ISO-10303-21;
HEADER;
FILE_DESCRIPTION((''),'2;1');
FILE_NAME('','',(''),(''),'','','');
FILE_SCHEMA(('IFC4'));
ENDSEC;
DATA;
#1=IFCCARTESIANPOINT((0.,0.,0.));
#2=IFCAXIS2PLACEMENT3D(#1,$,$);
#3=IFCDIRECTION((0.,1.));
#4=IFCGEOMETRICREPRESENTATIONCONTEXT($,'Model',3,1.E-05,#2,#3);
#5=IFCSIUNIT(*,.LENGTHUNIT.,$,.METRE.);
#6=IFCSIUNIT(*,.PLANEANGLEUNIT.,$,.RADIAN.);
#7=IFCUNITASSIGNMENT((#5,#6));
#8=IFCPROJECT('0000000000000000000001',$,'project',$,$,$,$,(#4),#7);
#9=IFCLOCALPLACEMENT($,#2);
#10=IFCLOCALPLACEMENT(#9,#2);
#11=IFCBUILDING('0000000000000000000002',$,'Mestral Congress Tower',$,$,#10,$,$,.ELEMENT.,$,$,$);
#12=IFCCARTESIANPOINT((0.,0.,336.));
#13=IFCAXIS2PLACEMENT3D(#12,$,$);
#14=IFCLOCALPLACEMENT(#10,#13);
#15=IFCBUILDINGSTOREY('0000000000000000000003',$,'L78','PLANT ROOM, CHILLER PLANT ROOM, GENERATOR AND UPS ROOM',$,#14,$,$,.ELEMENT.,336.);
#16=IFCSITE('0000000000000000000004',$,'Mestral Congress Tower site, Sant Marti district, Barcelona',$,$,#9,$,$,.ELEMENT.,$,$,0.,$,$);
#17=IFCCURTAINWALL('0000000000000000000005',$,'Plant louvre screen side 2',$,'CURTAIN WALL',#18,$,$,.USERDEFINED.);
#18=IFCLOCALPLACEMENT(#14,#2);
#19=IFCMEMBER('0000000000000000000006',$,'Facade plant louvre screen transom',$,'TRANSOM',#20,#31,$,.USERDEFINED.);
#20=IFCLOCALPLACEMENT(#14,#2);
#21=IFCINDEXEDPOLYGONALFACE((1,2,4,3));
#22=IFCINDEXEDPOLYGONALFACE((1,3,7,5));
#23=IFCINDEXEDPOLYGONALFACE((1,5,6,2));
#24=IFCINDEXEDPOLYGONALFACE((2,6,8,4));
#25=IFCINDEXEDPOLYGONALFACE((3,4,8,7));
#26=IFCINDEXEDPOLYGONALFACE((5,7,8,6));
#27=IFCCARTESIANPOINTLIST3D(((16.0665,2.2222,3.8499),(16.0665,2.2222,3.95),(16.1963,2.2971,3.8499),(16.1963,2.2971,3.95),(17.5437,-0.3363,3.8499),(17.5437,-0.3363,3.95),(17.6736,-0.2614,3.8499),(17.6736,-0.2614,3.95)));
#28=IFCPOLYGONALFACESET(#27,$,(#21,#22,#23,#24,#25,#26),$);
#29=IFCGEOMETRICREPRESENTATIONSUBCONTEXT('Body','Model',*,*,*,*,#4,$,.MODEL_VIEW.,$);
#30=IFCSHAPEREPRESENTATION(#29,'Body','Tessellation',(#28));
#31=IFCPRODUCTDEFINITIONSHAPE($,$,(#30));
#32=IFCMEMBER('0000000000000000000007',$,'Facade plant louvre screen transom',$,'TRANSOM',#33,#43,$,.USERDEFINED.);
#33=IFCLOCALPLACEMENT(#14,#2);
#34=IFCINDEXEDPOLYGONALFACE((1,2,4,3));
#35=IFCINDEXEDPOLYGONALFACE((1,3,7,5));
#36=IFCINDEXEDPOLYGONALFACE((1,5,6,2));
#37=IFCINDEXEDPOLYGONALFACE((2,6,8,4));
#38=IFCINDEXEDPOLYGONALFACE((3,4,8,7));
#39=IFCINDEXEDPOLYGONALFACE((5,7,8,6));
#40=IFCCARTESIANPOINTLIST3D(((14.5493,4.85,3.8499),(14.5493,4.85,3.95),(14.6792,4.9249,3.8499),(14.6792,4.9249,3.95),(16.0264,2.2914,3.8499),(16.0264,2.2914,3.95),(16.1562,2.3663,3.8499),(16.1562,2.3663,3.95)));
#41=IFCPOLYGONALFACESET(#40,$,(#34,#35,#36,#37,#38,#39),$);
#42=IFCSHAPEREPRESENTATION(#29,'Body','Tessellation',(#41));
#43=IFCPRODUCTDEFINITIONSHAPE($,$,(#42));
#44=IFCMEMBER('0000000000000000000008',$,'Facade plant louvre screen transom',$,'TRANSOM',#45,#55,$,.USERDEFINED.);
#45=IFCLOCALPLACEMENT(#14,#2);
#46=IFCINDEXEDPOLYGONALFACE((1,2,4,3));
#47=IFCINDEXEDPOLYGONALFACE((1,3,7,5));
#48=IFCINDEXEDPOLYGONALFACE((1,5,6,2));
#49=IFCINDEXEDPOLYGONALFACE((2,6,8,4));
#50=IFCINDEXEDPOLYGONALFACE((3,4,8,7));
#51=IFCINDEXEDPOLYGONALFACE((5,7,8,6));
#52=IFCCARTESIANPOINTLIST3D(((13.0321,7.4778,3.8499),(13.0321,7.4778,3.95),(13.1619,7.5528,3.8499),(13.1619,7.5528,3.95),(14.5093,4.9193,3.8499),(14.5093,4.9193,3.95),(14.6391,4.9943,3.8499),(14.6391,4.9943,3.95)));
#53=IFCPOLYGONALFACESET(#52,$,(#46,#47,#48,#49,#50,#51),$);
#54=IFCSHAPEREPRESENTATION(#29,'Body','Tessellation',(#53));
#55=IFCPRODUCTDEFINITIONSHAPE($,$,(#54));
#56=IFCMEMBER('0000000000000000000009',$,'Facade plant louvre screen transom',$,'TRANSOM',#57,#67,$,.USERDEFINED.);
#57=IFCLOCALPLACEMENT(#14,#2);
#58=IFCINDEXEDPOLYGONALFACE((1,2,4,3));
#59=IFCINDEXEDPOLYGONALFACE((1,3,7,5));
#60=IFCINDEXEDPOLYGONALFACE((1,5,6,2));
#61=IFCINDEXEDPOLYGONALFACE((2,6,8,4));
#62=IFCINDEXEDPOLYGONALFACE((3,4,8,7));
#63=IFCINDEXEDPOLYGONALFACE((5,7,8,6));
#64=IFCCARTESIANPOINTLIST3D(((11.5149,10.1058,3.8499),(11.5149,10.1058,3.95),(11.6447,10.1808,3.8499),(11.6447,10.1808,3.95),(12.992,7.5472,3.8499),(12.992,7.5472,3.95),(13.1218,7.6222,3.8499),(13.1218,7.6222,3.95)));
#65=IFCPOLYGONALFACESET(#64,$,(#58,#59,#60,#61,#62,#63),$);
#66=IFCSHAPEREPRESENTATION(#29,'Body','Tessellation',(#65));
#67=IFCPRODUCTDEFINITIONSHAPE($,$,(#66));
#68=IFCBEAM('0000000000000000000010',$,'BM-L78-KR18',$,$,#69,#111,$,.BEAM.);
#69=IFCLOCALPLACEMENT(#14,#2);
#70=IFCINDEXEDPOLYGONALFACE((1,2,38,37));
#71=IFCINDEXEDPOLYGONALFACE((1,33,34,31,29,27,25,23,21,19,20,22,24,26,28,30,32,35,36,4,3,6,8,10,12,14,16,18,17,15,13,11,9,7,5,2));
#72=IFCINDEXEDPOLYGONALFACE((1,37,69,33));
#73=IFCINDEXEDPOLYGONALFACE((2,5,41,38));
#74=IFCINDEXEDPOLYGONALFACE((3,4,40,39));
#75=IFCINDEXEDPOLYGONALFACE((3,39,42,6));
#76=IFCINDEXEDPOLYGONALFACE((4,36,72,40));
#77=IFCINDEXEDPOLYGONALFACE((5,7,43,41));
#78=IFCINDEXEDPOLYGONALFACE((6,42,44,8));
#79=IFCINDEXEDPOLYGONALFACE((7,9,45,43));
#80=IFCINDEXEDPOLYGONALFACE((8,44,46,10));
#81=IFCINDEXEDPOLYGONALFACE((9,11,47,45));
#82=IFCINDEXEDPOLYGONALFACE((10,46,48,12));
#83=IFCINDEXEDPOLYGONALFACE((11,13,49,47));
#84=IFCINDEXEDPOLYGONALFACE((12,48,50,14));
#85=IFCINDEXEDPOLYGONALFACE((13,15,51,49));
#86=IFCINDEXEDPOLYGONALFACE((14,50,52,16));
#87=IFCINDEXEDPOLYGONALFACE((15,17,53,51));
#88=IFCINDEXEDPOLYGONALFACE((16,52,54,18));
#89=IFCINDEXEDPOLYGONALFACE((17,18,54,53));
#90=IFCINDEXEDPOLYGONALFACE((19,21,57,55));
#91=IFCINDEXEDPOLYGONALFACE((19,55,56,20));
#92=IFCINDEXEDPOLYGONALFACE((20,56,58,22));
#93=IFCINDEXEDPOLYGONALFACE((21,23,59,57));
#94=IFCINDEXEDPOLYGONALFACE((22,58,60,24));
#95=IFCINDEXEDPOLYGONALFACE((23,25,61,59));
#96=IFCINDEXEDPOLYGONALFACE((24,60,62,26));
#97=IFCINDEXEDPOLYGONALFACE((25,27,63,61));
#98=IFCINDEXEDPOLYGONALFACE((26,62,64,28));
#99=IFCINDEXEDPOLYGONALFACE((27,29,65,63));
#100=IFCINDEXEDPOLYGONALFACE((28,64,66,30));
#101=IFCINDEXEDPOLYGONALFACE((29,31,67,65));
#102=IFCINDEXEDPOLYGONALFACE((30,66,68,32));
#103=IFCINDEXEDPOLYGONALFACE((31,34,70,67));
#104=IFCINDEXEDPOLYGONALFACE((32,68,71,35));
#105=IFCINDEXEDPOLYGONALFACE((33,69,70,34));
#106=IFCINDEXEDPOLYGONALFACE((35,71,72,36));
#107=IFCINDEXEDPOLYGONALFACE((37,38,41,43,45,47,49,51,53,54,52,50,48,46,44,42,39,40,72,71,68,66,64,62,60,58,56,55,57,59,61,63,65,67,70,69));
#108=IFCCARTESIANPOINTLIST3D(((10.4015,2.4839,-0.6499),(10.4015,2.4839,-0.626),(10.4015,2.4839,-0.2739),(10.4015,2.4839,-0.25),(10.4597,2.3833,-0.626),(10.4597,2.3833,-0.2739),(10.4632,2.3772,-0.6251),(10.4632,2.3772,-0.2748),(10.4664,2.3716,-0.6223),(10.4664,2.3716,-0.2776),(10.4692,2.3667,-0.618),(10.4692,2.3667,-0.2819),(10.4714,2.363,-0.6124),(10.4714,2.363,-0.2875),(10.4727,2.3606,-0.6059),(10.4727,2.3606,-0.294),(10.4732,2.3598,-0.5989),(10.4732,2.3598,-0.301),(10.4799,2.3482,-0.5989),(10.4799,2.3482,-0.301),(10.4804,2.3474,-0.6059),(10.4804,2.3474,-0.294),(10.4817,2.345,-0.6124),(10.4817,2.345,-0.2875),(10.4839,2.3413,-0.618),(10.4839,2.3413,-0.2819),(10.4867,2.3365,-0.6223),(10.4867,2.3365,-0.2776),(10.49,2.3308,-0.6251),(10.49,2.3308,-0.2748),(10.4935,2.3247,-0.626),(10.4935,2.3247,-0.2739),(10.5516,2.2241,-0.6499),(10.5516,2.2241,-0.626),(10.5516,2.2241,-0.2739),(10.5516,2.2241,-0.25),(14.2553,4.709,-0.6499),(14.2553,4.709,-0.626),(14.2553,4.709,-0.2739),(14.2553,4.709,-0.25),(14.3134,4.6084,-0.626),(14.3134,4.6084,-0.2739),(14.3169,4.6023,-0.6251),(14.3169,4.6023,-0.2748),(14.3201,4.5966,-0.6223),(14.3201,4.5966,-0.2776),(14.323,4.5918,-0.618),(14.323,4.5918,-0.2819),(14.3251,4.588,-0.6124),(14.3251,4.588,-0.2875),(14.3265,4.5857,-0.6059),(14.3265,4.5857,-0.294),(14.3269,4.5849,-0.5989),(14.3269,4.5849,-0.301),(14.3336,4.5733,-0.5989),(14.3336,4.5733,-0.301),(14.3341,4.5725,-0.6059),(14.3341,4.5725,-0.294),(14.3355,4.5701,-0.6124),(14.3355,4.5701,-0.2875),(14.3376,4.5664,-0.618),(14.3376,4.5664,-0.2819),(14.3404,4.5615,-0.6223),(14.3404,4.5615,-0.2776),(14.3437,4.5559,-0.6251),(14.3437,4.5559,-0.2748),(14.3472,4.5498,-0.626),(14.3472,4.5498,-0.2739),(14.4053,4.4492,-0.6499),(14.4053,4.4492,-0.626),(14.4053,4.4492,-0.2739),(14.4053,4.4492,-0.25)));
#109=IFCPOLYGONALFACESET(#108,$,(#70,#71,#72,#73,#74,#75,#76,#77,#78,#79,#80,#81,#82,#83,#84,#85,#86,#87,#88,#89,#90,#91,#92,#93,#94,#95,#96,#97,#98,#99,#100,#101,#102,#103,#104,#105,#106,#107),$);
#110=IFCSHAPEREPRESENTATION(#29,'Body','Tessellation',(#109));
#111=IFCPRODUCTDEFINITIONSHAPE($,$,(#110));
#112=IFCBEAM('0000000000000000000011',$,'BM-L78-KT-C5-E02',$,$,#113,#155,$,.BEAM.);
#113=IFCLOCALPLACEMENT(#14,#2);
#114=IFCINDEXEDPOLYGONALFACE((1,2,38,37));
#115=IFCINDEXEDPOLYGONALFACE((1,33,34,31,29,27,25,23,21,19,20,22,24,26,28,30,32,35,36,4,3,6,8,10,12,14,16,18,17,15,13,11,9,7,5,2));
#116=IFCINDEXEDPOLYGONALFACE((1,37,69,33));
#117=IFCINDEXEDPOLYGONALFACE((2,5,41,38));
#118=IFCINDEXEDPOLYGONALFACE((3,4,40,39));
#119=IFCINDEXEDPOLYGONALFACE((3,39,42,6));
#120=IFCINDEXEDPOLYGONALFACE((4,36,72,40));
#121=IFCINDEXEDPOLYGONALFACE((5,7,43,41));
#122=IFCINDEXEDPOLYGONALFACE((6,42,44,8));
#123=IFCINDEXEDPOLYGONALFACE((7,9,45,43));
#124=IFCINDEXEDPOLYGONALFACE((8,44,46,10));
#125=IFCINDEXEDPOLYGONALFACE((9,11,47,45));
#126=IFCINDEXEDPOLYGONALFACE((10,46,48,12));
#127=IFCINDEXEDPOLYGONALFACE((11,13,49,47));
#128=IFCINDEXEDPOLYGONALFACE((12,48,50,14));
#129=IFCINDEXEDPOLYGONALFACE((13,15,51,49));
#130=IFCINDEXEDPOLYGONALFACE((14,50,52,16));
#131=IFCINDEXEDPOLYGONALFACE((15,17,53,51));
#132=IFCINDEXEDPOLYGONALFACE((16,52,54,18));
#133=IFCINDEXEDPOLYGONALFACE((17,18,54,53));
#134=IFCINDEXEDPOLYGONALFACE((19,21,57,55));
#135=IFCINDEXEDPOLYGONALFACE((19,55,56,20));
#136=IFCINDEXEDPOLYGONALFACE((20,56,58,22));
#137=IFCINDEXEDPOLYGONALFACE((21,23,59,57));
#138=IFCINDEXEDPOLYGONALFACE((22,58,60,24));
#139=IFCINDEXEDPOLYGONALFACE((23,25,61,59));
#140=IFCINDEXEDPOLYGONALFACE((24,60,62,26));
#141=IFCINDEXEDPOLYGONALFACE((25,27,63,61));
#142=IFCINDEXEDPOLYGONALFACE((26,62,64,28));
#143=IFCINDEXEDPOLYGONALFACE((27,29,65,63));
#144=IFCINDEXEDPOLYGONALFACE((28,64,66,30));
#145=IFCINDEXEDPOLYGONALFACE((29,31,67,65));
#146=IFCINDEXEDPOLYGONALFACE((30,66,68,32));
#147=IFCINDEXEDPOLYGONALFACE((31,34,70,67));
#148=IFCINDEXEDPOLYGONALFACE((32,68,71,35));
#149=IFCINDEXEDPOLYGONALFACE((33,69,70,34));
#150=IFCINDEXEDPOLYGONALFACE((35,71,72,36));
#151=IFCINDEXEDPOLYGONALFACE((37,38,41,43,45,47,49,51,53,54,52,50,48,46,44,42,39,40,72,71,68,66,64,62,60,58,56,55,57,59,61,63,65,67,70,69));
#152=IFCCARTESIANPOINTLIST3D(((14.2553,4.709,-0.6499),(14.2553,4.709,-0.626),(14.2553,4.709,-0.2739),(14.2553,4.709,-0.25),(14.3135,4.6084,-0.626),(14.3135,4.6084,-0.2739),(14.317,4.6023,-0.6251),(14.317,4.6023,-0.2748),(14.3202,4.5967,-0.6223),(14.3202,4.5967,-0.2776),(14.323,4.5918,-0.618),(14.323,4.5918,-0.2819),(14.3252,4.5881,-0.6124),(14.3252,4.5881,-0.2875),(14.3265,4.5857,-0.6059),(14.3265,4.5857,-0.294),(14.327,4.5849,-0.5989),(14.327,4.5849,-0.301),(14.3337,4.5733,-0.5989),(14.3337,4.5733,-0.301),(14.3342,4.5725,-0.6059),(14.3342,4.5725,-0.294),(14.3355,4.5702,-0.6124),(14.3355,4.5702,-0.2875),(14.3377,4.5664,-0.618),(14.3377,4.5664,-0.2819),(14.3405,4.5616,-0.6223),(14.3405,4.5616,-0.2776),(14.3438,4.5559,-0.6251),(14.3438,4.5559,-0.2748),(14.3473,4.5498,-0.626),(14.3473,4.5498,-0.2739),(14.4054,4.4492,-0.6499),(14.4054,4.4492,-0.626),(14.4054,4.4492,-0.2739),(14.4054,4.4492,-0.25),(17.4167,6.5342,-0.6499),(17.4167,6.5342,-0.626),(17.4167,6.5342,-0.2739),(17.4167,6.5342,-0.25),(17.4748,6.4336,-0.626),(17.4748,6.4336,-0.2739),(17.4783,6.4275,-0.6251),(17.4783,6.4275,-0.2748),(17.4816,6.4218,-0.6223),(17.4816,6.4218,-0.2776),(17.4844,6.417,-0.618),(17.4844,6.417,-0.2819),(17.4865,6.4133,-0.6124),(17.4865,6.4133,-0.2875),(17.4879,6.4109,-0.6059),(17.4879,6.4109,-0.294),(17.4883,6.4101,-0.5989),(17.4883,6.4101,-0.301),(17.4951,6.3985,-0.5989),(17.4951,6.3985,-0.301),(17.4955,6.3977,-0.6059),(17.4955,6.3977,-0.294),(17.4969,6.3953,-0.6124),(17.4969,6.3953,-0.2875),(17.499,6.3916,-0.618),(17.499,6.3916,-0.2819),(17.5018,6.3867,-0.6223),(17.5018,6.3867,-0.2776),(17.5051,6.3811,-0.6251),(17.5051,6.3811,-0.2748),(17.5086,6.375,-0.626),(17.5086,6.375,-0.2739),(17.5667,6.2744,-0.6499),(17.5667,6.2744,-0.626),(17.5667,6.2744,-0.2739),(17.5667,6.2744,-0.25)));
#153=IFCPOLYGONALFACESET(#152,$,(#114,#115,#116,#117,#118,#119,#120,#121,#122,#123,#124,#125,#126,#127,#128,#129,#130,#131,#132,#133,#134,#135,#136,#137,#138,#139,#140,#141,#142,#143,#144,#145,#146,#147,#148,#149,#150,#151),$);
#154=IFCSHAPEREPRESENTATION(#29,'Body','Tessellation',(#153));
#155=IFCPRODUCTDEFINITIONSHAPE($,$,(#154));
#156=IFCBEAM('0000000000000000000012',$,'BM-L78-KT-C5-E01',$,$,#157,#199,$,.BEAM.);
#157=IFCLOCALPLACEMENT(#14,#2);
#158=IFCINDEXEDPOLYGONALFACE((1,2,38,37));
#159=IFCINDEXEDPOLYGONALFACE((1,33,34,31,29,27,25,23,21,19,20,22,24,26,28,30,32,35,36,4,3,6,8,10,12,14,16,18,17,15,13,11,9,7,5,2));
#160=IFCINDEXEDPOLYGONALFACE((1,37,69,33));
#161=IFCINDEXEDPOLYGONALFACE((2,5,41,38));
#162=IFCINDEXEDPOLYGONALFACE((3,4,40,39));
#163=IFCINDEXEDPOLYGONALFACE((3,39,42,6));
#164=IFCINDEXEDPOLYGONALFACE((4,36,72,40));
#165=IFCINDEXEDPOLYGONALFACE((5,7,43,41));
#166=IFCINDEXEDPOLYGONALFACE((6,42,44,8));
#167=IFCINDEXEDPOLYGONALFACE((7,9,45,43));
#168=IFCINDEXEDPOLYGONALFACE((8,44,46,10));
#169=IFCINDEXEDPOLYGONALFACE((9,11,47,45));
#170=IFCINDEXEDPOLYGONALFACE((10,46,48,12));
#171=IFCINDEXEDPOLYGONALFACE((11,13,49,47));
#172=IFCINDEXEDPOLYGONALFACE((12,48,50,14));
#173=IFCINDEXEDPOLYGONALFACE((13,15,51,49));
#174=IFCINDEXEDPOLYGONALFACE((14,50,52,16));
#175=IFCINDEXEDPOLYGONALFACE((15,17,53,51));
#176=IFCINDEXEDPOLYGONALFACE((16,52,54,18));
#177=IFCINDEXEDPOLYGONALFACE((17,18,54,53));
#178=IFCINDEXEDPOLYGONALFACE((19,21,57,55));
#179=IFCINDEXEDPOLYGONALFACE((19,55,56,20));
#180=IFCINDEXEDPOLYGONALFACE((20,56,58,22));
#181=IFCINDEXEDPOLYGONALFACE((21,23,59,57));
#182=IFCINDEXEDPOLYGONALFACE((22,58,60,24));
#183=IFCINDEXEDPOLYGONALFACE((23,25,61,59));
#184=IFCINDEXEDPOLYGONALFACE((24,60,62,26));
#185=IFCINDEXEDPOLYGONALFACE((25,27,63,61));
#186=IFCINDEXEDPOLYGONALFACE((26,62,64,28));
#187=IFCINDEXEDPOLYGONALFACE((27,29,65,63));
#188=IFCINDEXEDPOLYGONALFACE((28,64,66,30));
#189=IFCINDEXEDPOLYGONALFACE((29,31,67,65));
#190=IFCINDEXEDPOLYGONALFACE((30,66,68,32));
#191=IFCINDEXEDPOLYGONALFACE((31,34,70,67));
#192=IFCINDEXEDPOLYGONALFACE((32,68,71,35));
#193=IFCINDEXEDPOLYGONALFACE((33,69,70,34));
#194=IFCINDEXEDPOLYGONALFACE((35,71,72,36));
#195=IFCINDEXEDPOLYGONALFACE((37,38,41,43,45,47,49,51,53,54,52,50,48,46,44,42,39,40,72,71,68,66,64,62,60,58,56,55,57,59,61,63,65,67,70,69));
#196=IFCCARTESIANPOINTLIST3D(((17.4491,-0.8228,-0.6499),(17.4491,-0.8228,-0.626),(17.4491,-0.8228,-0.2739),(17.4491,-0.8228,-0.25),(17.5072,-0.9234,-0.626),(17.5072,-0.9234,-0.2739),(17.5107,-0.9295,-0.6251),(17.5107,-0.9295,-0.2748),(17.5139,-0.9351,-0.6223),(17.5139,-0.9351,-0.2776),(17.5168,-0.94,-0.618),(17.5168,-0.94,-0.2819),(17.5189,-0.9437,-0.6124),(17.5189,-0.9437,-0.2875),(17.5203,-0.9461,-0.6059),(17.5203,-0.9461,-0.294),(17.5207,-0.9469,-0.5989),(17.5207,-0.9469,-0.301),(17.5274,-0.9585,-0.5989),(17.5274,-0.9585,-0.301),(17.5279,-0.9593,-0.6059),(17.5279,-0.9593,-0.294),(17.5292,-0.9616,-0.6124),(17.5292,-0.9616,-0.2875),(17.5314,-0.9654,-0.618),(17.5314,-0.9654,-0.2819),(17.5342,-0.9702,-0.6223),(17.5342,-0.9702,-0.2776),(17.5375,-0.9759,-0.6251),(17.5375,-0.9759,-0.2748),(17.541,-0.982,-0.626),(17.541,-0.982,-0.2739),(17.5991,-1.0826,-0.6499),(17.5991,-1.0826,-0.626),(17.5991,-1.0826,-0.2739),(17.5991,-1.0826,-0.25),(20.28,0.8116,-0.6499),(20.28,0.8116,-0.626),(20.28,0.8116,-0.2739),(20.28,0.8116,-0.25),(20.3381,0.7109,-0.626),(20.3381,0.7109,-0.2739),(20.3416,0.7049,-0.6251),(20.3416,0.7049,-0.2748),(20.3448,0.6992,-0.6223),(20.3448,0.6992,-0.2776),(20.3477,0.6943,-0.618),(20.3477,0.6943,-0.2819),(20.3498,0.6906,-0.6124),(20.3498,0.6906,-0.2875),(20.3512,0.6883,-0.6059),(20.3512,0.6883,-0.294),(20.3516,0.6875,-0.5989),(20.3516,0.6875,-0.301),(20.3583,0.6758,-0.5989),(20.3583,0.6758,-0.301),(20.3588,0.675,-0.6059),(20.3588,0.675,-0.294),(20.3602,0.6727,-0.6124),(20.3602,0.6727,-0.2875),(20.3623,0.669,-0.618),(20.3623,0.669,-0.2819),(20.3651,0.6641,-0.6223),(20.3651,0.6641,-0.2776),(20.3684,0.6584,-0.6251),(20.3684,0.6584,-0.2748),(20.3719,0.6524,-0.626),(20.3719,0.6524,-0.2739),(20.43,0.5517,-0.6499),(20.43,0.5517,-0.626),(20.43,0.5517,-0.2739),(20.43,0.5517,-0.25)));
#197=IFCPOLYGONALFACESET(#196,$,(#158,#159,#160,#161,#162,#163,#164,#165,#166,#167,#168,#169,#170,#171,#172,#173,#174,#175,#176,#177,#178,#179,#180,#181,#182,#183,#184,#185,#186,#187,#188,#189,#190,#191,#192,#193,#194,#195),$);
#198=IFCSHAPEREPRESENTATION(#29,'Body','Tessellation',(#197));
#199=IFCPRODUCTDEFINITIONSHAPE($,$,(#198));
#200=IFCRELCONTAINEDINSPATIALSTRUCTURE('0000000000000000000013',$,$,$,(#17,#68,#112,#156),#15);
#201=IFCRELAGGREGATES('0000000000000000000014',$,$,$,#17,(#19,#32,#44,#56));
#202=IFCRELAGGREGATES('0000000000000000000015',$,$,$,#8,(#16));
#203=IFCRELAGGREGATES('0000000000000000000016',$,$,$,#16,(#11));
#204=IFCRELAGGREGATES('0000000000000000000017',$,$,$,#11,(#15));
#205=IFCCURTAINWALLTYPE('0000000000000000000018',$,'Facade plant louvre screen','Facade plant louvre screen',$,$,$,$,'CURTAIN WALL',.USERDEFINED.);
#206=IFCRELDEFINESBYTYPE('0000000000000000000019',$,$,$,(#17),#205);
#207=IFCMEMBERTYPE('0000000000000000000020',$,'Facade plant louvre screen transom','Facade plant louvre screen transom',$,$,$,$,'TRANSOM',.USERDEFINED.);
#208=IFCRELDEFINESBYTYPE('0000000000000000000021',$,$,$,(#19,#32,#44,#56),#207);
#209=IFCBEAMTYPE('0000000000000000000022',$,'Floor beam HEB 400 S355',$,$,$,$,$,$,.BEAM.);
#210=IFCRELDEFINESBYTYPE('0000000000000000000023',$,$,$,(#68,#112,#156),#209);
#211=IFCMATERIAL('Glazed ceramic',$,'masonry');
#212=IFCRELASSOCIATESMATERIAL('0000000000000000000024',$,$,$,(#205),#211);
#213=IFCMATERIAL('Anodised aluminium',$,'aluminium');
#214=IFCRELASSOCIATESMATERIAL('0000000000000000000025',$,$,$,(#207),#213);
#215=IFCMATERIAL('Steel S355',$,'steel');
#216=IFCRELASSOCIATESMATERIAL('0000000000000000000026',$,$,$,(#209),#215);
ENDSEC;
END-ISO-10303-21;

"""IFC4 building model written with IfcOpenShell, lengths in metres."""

from ifc_helpers import new_model, si_unit, direction, frame, origin, origin_2d, place, context, subcontext, project, spatial, rectangle, i_section, extrude, material, material_profile, profile_set, type_object, element, aggregate, save


model = new_model("IFC4")

# Units and contexts
model_context = context("Model", 3, precision=1e-05, world=origin(), true_north=direction((0.0, 1.0)))
body_context = subcontext(model_context, "Body", "Model", "MODEL_VIEW")
ifc_project = project(units=[si_unit("LENGTHUNIT", "METRE"), si_unit("PLANEANGLEUNIT", "RADIAN")], contexts=[model_context])

# Site, building, storey
site_placement = place(None, origin())
site = spatial("IfcSite", under=ifc_project, at=site_placement, Name="Mestral Congress Tower site, Sant Marti district, Barcelona", CompositionType="ELEMENT", RefElevation=0.0)
building_placement = place(site_placement, origin())
building = spatial("IfcBuilding", under=site, at=building_placement, Name="Mestral Congress Tower", CompositionType="ELEMENT")
storey_placement = place(building_placement, frame((0.0, 0.0, 336.0)))
storey = spatial("IfcBuildingStorey", under=building, at=storey_placement, Name="L78", Description="PLANT ROOM, CHILLER PLANT ROOM, GENERATOR AND UPS ROOM", CompositionType="ELEMENT", Elevation=336.0)

# Shared definitions
ifc_material_1 = material(Name="Steel S355", Category="steel")

# Curtain wall, members
ifc_material_2 = material(Name="Glazed ceramic", Category="masonry")
curtain_wall_type = type_object("IfcCurtainWallType", Name="Facade plant louvre screen", Description="Facade plant louvre screen", ElementType="CURTAIN WALL", PredefinedType="USERDEFINED", material=ifc_material_2)
curtain_wall_placement = place(storey_placement, origin())
curtain_wall = element("IfcCurtainWall", 1, at=curtain_wall_placement, inside=storey, type_object=curtain_wall_type, Name="Plant louvre screen side 2", ObjectType="CURTAIN WALL", PredefinedType="USERDEFINED")
ifc_material_3 = material(Name="Anodised aluminium", Category="aluminium")
ifc_material_profile_1 = material_profile(ifc_material_3, rectangle(XDim=0.1499, YDim=0.1001, at=origin_2d()), Name="CW6 transom 150 x 100")
ifc_profile_set_1 = profile_set([ifc_material_profile_1], Name="Anodised aluminium")
member_type_1 = type_object("IfcMemberType", Name="Facade plant louvre screen transom", Description="Facade plant louvre screen transom", ElementType="TRANSOM", PredefinedType="USERDEFINED", material=ifc_profile_set_1)
member_1_placement = place(storey_placement, frame((17.6086, -0.2988, 3.8999), z_axis=(-0.500023, 0.866012, 0.0), x_axis=(-0.866012, -0.500023, 0.0)))
member_1 = element("IfcMember", 2, at=member_1_placement, type_object=member_type_1, Name="Facade plant louvre screen transom", ObjectType="TRANSOM", PredefinedType="USERDEFINED", context=body_context, shape_type="SweptSolid", body=[
    extrude(rectangle(XDim=0.1499, YDim=0.1001, at=origin_2d()), origin(), (0.0, 0.0, 1.0), 2.9543),
])
member_2_placement = place(storey_placement, frame((16.0913, 2.3289, 3.8999), z_axis=(-0.499961, 0.866048, 0.0), x_axis=(-0.866048, -0.499961, 0.0)))
member_2 = element("IfcMember", 3, at=member_2_placement, type_object=member_type_1, Name="Facade plant louvre screen transom", ObjectType="TRANSOM", PredefinedType="USERDEFINED", context=body_context, shape_type="SweptSolid", body=[
    extrude(rectangle(XDim=0.1499, YDim=0.1001, at=origin_2d()), origin(), (0.0, 0.0, 1.0), 2.9543),
])
member_3_placement = place(storey_placement, frame((14.5742, 4.9568, 3.8999), z_axis=(-0.500023, 0.866012, 0.0), x_axis=(-0.866012, -0.500023, 0.0)))
member_3 = element("IfcMember", 4, at=member_3_placement, type_object=member_type_1, Name="Facade plant louvre screen transom", ObjectType="TRANSOM", PredefinedType="USERDEFINED", context=body_context, shape_type="SweptSolid", body=[
    extrude(rectangle(XDim=0.1499, YDim=0.1001, at=origin_2d()), origin(), (0.0, 0.0, 1.0), 2.9543),
])
member_4_placement = place(storey_placement, frame((13.0569, 7.5847, 3.8999), z_axis=(-0.499961, 0.866048, 0.0), x_axis=(-0.866048, -0.499961, 0.0)))
member_4 = element("IfcMember", 5, at=member_4_placement, type_object=member_type_1, Name="Facade plant louvre screen transom", ObjectType="TRANSOM", PredefinedType="USERDEFINED", context=body_context, shape_type="SweptSolid", body=[
    extrude(rectangle(XDim=0.1499, YDim=0.1001, at=origin_2d()), origin(), (0.0, 0.0, 1.0), 2.9543),
])

# Beams
ifc_material_profile_2 = material_profile(ifc_material_1, i_section(OverallWidth=0.3, OverallDepth=0.3999, WebThickness=0.0134, FlangeThickness=0.0239, FilletRadius=0.0271, at=origin_2d()), Name="HEB 400")
ifc_profile_set_2 = profile_set([ifc_material_profile_2], Name="Steel S355")
beam_type_1 = type_object("IfcBeamType", Name="Floor beam HEB 400 S355", PredefinedType="BEAM", material=ifc_profile_set_2)
beam_1_placement = place(storey_placement, frame((10.4766, 2.354, -0.45), z_axis=(0.866013, 0.500022, 0.0), x_axis=(-0.500022, 0.866013, 0.0)))
element("IfcBeam", 6, at=beam_1_placement, inside=storey, type_object=beam_type_1, Name="BM-L78-KR18", PredefinedType="BEAM", context=body_context, shape_type="SweptSolid", body=[
    extrude(i_section(OverallWidth=0.3, OverallDepth=0.3999, WebThickness=0.0134, FlangeThickness=0.0239, FilletRadius=0.0271, at=origin_2d()), origin(), (0.0, 0.0, 1.0), 4.45),
])
beam_2_placement = place(storey_placement, frame((17.4917, 6.4043, -0.45), z_axis=(-0.866029, -0.499995, 0.0), x_axis=(0.499995, -0.866029, 0.0)))
element("IfcBeam", 7, at=beam_2_placement, inside=storey, type_object=beam_type_1, Name="BM-L78-KT-C5-E02", PredefinedType="BEAM", context=body_context, shape_type="SweptSolid", body=[
    extrude(i_section(OverallWidth=0.3, OverallDepth=0.3999, WebThickness=0.0134, FlangeThickness=0.0239, FilletRadius=0.0271, at=origin_2d()), origin(), (0.0, 0.0, 1.0), 3.6504),
])
beam_3_placement = place(storey_placement, frame((20.355, 0.6816, -0.45), z_axis=(-0.866038, -0.499979, 0.0), x_axis=(0.499979, -0.866038, 0.0)))
element("IfcBeam", 8, at=beam_3_placement, inside=storey, type_object=beam_type_1, Name="BM-L78-KT-C5-E01", PredefinedType="BEAM", context=body_context, shape_type="SweptSolid", body=[
    extrude(i_section(OverallWidth=0.3, OverallDepth=0.3999, WebThickness=0.0134, FlangeThickness=0.0239, FilletRadius=0.0271, at=origin_2d()), origin(), (0.0, 0.0, 1.0), 3.2688),
])

aggregate(curtain_wall, [member_1, member_2, member_3, member_4])

save(model, "model.ifc")
